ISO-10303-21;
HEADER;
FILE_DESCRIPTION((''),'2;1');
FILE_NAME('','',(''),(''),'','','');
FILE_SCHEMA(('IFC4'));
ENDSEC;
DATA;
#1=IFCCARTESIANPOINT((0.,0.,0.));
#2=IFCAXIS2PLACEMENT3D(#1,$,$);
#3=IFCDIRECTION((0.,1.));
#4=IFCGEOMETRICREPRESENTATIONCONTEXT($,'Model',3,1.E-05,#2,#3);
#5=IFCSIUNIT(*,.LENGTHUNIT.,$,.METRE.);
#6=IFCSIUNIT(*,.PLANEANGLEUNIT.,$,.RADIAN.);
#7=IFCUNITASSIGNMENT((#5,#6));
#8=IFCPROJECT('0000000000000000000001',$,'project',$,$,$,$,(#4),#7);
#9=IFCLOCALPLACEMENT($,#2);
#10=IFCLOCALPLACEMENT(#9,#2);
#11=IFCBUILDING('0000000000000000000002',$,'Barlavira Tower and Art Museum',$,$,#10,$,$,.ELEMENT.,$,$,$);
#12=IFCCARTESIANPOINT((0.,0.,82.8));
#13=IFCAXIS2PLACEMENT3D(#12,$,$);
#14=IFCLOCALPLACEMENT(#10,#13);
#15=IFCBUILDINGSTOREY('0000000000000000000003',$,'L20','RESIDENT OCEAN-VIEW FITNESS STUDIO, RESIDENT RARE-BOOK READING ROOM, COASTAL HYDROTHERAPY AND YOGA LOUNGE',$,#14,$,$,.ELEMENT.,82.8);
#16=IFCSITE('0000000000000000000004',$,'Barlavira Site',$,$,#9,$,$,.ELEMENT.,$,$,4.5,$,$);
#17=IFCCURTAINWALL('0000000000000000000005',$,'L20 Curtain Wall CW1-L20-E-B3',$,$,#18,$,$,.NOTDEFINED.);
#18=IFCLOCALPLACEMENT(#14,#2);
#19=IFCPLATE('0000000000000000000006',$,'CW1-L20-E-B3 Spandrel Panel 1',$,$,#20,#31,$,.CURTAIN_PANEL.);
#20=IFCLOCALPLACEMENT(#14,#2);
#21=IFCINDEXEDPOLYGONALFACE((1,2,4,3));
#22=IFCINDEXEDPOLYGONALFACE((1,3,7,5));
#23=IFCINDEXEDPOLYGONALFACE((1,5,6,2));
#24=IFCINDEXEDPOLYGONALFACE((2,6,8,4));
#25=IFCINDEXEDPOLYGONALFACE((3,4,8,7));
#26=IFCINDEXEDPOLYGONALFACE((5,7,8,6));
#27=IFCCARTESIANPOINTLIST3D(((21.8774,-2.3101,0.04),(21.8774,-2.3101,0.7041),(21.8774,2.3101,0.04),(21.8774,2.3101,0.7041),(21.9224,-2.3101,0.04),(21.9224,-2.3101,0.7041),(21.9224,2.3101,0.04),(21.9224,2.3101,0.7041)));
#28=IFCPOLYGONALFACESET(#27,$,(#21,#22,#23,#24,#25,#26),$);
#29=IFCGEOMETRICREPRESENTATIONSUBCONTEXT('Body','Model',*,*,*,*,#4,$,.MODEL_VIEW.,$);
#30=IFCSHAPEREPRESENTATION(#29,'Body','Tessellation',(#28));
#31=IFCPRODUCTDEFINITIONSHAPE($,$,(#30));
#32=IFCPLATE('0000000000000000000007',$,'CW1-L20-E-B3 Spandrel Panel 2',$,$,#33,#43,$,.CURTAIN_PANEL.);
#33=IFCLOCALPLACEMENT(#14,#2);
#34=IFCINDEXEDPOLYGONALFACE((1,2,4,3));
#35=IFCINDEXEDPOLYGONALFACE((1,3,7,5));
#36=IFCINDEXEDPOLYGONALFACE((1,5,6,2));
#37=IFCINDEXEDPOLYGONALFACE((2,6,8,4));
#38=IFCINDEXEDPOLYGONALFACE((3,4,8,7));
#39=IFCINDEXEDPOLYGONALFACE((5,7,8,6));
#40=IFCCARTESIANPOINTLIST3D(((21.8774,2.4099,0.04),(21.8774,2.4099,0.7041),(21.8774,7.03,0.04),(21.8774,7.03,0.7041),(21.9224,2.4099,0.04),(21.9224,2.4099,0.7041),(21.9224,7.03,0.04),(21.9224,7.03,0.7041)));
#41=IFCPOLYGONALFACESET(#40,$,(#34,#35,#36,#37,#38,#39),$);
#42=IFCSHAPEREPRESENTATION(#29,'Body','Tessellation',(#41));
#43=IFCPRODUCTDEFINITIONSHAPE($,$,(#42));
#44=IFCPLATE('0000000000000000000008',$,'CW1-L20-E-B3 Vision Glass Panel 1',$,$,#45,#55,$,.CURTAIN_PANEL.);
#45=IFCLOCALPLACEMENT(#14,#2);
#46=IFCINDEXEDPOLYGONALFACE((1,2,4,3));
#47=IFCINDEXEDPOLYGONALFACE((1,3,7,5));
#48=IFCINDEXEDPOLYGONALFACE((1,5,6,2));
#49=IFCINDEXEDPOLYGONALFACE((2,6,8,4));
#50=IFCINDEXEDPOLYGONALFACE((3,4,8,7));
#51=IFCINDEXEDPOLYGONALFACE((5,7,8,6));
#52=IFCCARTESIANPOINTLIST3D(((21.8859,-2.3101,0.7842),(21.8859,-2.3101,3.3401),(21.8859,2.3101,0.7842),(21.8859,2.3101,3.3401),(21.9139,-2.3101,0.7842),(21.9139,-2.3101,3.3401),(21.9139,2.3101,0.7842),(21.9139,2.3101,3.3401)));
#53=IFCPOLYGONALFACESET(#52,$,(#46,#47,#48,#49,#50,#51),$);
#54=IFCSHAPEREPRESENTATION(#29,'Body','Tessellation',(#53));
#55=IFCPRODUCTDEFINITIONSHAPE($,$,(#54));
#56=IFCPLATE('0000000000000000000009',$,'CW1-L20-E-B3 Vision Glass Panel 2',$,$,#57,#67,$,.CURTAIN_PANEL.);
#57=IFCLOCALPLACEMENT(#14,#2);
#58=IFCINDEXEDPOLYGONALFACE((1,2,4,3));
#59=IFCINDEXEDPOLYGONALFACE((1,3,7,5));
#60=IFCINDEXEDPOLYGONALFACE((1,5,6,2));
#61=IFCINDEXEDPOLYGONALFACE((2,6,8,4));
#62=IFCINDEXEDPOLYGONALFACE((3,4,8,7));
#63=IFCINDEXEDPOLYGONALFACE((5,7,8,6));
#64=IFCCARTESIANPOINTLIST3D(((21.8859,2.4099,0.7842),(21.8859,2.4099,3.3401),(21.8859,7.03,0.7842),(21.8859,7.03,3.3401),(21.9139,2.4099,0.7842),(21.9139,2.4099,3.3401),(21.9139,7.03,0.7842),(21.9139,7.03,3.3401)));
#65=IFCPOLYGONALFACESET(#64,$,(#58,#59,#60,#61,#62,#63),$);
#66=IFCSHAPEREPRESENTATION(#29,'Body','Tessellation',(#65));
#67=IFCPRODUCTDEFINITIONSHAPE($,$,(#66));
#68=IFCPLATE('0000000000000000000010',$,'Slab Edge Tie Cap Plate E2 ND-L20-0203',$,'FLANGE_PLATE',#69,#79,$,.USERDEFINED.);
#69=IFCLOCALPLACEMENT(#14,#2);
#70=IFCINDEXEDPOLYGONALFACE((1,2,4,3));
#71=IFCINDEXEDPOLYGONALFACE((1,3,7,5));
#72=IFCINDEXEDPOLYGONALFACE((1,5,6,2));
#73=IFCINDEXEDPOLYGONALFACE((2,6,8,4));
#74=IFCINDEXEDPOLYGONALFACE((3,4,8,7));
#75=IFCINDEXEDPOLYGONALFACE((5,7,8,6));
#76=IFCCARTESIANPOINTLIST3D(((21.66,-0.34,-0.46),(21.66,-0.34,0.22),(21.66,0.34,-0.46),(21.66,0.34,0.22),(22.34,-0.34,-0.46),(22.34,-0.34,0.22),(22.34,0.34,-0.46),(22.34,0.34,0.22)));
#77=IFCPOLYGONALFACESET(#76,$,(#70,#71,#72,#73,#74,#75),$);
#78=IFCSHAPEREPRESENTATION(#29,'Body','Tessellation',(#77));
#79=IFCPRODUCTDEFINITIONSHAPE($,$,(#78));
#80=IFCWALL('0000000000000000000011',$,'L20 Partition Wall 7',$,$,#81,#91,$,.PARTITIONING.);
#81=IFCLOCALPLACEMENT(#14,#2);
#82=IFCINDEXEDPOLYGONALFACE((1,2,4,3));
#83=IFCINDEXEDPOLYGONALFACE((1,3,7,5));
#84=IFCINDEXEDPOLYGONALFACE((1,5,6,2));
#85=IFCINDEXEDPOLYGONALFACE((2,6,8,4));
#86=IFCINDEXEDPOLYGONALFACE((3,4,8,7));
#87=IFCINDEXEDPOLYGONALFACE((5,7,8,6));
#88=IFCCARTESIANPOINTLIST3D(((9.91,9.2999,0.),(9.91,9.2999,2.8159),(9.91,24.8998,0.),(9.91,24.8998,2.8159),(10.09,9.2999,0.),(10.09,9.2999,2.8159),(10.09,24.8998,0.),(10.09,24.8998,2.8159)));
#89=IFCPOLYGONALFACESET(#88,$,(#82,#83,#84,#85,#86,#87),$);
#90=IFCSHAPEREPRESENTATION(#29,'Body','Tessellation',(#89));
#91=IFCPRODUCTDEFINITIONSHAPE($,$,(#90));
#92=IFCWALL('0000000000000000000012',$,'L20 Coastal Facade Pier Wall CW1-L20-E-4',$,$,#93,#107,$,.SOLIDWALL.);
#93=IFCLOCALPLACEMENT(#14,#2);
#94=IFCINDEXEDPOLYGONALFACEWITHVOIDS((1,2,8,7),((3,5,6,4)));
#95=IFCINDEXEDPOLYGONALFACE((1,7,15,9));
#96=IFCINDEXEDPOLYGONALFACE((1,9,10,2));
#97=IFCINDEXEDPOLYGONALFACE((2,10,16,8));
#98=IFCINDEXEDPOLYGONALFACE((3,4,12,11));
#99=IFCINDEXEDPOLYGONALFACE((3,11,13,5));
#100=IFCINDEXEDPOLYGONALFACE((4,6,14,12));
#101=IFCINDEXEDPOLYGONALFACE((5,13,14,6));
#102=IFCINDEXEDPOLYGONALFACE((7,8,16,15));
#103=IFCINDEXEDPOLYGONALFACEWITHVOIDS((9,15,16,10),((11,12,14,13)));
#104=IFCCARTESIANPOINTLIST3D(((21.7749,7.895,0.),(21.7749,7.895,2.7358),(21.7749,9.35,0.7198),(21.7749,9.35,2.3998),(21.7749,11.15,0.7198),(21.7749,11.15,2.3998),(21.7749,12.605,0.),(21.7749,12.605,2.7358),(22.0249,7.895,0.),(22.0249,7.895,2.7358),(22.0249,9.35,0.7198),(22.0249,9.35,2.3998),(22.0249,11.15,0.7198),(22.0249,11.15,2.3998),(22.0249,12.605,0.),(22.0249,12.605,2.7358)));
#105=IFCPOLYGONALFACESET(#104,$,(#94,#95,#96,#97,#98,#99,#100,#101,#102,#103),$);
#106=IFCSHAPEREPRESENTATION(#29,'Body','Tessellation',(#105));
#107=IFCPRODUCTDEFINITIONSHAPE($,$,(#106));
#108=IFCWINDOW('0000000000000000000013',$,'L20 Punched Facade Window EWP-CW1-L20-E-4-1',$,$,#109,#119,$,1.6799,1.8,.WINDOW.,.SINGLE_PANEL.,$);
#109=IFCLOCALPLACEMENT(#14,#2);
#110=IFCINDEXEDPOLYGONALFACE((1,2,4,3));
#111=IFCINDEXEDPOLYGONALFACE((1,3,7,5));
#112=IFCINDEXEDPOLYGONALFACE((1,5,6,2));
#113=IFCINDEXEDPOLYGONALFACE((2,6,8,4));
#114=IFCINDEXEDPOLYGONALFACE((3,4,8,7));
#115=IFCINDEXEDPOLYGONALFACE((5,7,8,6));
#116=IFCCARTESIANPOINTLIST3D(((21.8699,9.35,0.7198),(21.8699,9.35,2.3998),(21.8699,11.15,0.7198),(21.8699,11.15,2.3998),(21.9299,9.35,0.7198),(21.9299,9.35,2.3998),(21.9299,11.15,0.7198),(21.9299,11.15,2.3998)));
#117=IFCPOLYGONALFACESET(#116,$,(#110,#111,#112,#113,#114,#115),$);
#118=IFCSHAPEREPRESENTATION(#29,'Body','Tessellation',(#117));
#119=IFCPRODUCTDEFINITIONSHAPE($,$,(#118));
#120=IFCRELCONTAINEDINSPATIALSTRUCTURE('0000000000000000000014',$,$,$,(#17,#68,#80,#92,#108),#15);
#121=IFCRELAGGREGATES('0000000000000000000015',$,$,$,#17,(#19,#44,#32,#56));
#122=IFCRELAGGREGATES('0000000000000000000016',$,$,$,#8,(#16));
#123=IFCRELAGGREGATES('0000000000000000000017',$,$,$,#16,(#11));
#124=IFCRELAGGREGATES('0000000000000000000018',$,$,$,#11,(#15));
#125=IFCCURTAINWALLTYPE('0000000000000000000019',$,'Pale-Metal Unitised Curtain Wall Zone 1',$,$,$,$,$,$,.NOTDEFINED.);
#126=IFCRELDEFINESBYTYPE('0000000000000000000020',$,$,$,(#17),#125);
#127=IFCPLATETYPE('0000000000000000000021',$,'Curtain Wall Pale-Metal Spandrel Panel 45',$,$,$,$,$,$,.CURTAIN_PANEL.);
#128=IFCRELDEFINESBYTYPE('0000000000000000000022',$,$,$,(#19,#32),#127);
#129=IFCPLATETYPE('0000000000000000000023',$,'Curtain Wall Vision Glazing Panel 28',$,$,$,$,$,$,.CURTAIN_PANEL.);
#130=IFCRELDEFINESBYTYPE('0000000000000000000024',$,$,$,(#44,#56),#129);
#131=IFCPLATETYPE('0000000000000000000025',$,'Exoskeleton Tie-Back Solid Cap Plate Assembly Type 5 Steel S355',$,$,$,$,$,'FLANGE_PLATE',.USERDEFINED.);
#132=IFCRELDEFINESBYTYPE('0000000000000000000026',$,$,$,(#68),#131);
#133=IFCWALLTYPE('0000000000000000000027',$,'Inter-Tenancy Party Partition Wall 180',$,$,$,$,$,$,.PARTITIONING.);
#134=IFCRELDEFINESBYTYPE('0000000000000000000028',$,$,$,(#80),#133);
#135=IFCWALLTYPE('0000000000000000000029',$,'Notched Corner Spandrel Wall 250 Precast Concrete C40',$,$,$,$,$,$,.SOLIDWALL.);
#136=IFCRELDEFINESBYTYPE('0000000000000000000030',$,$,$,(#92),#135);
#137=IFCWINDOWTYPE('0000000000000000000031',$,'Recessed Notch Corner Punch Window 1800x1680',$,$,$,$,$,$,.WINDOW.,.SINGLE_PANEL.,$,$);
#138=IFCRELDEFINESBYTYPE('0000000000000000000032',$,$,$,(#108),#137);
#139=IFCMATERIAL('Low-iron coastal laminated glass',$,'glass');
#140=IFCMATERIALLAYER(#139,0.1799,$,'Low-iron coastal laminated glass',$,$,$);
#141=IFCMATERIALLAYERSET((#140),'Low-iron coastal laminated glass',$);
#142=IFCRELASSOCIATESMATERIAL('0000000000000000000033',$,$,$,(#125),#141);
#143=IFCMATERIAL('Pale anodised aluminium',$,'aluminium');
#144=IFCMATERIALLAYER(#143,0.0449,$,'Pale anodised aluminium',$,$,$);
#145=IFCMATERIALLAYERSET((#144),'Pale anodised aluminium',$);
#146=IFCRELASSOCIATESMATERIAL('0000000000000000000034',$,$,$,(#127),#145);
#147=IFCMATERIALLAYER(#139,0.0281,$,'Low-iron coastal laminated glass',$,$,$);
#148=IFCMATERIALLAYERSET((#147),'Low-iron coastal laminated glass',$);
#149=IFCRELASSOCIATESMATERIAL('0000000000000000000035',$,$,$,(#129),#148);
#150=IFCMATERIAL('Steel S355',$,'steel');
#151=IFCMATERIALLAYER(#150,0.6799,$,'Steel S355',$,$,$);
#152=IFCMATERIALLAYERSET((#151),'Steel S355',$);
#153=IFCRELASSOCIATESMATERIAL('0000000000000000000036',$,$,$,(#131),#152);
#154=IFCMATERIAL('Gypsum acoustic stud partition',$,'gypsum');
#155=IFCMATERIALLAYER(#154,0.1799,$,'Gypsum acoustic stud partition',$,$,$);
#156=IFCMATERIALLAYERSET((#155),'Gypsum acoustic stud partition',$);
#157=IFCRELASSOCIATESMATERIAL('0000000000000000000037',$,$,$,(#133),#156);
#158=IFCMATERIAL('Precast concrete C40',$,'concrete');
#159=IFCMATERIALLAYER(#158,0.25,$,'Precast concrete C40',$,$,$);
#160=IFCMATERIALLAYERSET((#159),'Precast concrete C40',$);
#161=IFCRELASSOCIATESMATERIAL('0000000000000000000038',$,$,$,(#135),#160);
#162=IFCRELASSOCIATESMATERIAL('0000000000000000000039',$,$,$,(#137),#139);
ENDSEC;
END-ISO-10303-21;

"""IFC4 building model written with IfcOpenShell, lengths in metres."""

from ifc_helpers import new_model, si_unit, direction, frame, frame_2d, origin, origin_2d, place, context, subcontext, project, spatial, rectangle, extrude, material, layer, layer_set, type_object, element, fill, aggregate, save


model = new_model("IFC4")

# Units and contexts
model_context = context("Model", 3, precision=1e-05, world=origin(), true_north=direction((0.0, 1.0)))
body_context = subcontext(model_context, "Body", "Model", "MODEL_VIEW")
ifc_project = project(units=[si_unit("LENGTHUNIT", "METRE"), si_unit("PLANEANGLEUNIT", "RADIAN")], contexts=[model_context])

# Site, building, storey
site_placement = place(None, origin())
site = spatial("IfcSite", under=ifc_project, at=site_placement, Name="Barlavira Site", CompositionType="ELEMENT", RefElevation=4.5)
building_placement = place(site_placement, origin())
building = spatial("IfcBuilding", under=site, at=building_placement, Name="Barlavira Tower and Art Museum", CompositionType="ELEMENT")
storey_placement = place(building_placement, frame((0.0, 0.0, 82.8)))
storey = spatial("IfcBuildingStorey", under=building, at=storey_placement, Name="L20", Description="RESIDENT OCEAN-VIEW FITNESS STUDIO, RESIDENT RARE-BOOK READING ROOM, COASTAL HYDROTHERAPY AND YOGA LOUNGE", CompositionType="ELEMENT", Elevation=82.8)

# Curtain wall
ifc_material_1 = material(Name="Low-iron coastal laminated glass", Category="glass")
ifc_layer_1 = layer(ifc_material_1, 0.1799, Name="Low-iron coastal laminated glass")
ifc_layer_set_1 = layer_set([ifc_layer_1], Name="Low-iron coastal laminated glass")
curtain_wall_type = type_object("IfcCurtainWallType", Name="Pale-Metal Unitised Curtain Wall Zone 1", PredefinedType="NOTDEFINED", material=ifc_layer_set_1)
curtain_wall_placement = place(storey_placement, origin())
curtain_wall = element("IfcCurtainWall", 1, at=curtain_wall_placement, inside=storey, type_object=curtain_wall_type, Name="L20 Curtain Wall CW1-L20-E-B3", PredefinedType="NOTDEFINED")
ifc_material_2 = material(Name="Pale anodised aluminium", Category="aluminium")

# Shared definitions
ifc_material_3 = material(Name="Steel S355", Category="steel")

# Plates
ifc_layer_2 = layer(ifc_material_2, 0.0449, Name="Pale anodised aluminium")
ifc_layer_set_2 = layer_set([ifc_layer_2], Name="Pale anodised aluminium")
plate_type_1 = type_object("IfcPlateType", Name="Curtain Wall Pale-Metal Spandrel Panel 45", PredefinedType="CURTAIN_PANEL", material=ifc_layer_set_2)
plate_1_placement = place(storey_placement, frame((21.8999, 0.0, 0.04), z_axis=(0.0, 0.0, 1.0), x_axis=(0.0, 1.0, 0.0)))
plate_1 = element("IfcPlate", 2, at=plate_1_placement, type_object=plate_type_1, Name="CW1-L20-E-B3 Spandrel Panel 1", PredefinedType="CURTAIN_PANEL", context=body_context, shape_type="SweptSolid", body=[
    extrude(rectangle(XDim=4.6201, YDim=0.0449, at=origin_2d()), origin(), (0.0, 0.0, 1.0), 0.6641),
])
plate_2_placement = place(storey_placement, frame((21.8999, 4.72, 0.04), z_axis=(0.0, 0.0, 1.0), x_axis=(0.0, 1.0, 0.0)))
plate_2 = element("IfcPlate", 3, at=plate_2_placement, type_object=plate_type_1, Name="CW1-L20-E-B3 Spandrel Panel 2", PredefinedType="CURTAIN_PANEL", context=body_context, shape_type="SweptSolid", body=[
    extrude(rectangle(XDim=4.6201, YDim=0.0449, at=origin_2d()), origin(), (0.0, 0.0, 1.0), 0.6641),
])
ifc_layer_3 = layer(ifc_material_1, 0.0281, Name="Low-iron coastal laminated glass")
ifc_layer_set_3 = layer_set([ifc_layer_3], Name="Low-iron coastal laminated glass")
plate_type_2 = type_object("IfcPlateType", Name="Curtain Wall Vision Glazing Panel 28", PredefinedType="CURTAIN_PANEL", material=ifc_layer_set_3)
plate_3_placement = place(storey_placement, frame((21.8999, 0.0, 0.7842), z_axis=(0.0, 0.0, 1.0), x_axis=(0.0, 1.0, 0.0)))
plate_3 = element("IfcPlate", 4, at=plate_3_placement, type_object=plate_type_2, Name="CW1-L20-E-B3 Vision Glass Panel 1", PredefinedType="CURTAIN_PANEL", context=body_context, shape_type="SweptSolid", body=[
    extrude(rectangle(XDim=4.6201, YDim=0.0281, at=origin_2d()), origin(), (0.0, 0.0, 1.0), 2.5559),
])
plate_4_placement = place(storey_placement, frame((21.8999, 4.72, 0.7842), z_axis=(0.0, 0.0, 1.0), x_axis=(0.0, 1.0, 0.0)))
plate_4 = element("IfcPlate", 5, at=plate_4_placement, type_object=plate_type_2, Name="CW1-L20-E-B3 Vision Glass Panel 2", PredefinedType="CURTAIN_PANEL", context=body_context, shape_type="SweptSolid", body=[
    extrude(rectangle(XDim=4.6201, YDim=0.0281, at=origin_2d()), origin(), (0.0, 0.0, 1.0), 2.5559),
])
aggregate(curtain_wall, [plate_1, plate_3, plate_2, plate_4])
ifc_layer_4 = layer(ifc_material_3, 0.6799, Name="Steel S355")
ifc_layer_set_4 = layer_set([ifc_layer_4], Name="Steel S355")
plate_type_3 = type_object("IfcPlateType", Name="Exoskeleton Tie-Back Solid Cap Plate Assembly Type 5 Steel S355", ElementType="FLANGE_PLATE", PredefinedType="USERDEFINED", material=ifc_layer_set_4)
plate_5_placement = place(storey_placement, frame((22.0, 0.0, -0.46), z_axis=(0.0, 0.0, 1.0), x_axis=(1.0, 0.0, 0.0)))
element("IfcPlate", 6, at=plate_5_placement, inside=storey, type_object=plate_type_3, Name="Slab Edge Tie Cap Plate E2 ND-L20-0203", ObjectType="FLANGE_PLATE", PredefinedType="USERDEFINED", context=body_context, shape_type="SweptSolid", body=[
    extrude(rectangle(XDim=0.6799, YDim=0.6799, at=origin_2d()), origin(), (0.0, 0.0, 1.0), 0.6799),
])

# Wall
ifc_material_4 = material(Name="Gypsum acoustic stud partition", Category="gypsum")
ifc_layer_5 = layer(ifc_material_4, 0.1799, Name="Gypsum acoustic stud partition")
ifc_layer_set_5 = layer_set([ifc_layer_5], Name="Gypsum acoustic stud partition")
wall_type_1 = type_object("IfcWallType", Name="Inter-Tenancy Party Partition Wall 180", PredefinedType="PARTITIONING", material=ifc_layer_set_5)
wall_1_placement = place(storey_placement, frame((10.0, 9.3, 0.0), z_axis=(0.0, 0.0, 1.0), x_axis=(0.0, 1.0, 0.0)))
element("IfcWall", 7, at=wall_1_placement, inside=storey, type_object=wall_type_1, Name="L20 Partition Wall 7", PredefinedType="PARTITIONING", context=body_context, shape_type="SweptSolid", body=[
    extrude(rectangle(XDim=15.5999, YDim=0.1799, at=frame_2d((7.7998, 0.0))), origin(), (0.0, 0.0, 1.0), 2.8159),
])

# Wall, opening, window
ifc_material_5 = material(Name="Precast concrete C40", Category="concrete")
ifc_layer_6 = layer(ifc_material_5, 0.25, Name="Precast concrete C40")
ifc_layer_set_6 = layer_set([ifc_layer_6], Name="Precast concrete C40")
wall_type_2 = type_object("IfcWallType", Name="Notched Corner Spandrel Wall 250 Precast Concrete C40", PredefinedType="SOLIDWALL", material=ifc_layer_set_6)
wall_2_placement = place(storey_placement, frame((21.8999, 7.895, 0.0), z_axis=(0.0, 0.0, 1.0), x_axis=(0.0, 1.0, 0.0)))
wall_2 = element("IfcWall", 8, at=wall_2_placement, inside=storey, type_object=wall_type_2, Name="L20 Coastal Facade Pier Wall CW1-L20-E-4", PredefinedType="SOLIDWALL", context=body_context, shape_type="SweptSolid", body=[
    extrude(rectangle(XDim=4.71, YDim=0.25, at=frame_2d((2.355, 0.0))), origin(), (0.0, 0.0, 1.0), 2.7358),
])
opening_placement = place(wall_2_placement, frame((1.4551, 0.0, 0.72)))
opening = element("IfcOpeningElement", 9, at=opening_placement, cuts=wall_2, PredefinedType="OPENING", context=body_context, shape_type="SweptSolid", body=[
    extrude(rectangle(XDim=1.8, YDim=1.6799, at=frame_2d((0.8999, 0.8398))), frame((0.0, 0.135, 0.0), z_axis=(0.0, -1.0, 0.0), x_axis=(1.0, 0.0, 0.0)), (0.0, 0.0, 1.0), 0.27),
])
window_type = type_object("IfcWindowType", Name="Recessed Notch Corner Punch Window 1800x1680", PartitioningType="SINGLE_PANEL", PredefinedType="WINDOW", material=ifc_material_1)
window_placement = place(opening_placement, origin())
window = element("IfcWindow", 10, at=window_placement, inside=storey, type_object=window_type, Name="L20 Punched Facade Window EWP-CW1-L20-E-4-1", OverallHeight=1.6799, OverallWidth=1.8, PartitioningType="SINGLE_PANEL", PredefinedType="WINDOW", context=body_context, shape_type="SweptSolid", body=[
    extrude(rectangle(XDim=1.8, YDim=1.6799, at=frame_2d((0.8999, 0.8398))), frame((0.0, 0.03, 0.0), z_axis=(0.0, -1.0, 0.0), x_axis=(1.0, 0.0, 0.0)), (0.0, 0.0, 1.0), 0.0601),
])
fill(opening, window)

save(model, "model.ifc")
